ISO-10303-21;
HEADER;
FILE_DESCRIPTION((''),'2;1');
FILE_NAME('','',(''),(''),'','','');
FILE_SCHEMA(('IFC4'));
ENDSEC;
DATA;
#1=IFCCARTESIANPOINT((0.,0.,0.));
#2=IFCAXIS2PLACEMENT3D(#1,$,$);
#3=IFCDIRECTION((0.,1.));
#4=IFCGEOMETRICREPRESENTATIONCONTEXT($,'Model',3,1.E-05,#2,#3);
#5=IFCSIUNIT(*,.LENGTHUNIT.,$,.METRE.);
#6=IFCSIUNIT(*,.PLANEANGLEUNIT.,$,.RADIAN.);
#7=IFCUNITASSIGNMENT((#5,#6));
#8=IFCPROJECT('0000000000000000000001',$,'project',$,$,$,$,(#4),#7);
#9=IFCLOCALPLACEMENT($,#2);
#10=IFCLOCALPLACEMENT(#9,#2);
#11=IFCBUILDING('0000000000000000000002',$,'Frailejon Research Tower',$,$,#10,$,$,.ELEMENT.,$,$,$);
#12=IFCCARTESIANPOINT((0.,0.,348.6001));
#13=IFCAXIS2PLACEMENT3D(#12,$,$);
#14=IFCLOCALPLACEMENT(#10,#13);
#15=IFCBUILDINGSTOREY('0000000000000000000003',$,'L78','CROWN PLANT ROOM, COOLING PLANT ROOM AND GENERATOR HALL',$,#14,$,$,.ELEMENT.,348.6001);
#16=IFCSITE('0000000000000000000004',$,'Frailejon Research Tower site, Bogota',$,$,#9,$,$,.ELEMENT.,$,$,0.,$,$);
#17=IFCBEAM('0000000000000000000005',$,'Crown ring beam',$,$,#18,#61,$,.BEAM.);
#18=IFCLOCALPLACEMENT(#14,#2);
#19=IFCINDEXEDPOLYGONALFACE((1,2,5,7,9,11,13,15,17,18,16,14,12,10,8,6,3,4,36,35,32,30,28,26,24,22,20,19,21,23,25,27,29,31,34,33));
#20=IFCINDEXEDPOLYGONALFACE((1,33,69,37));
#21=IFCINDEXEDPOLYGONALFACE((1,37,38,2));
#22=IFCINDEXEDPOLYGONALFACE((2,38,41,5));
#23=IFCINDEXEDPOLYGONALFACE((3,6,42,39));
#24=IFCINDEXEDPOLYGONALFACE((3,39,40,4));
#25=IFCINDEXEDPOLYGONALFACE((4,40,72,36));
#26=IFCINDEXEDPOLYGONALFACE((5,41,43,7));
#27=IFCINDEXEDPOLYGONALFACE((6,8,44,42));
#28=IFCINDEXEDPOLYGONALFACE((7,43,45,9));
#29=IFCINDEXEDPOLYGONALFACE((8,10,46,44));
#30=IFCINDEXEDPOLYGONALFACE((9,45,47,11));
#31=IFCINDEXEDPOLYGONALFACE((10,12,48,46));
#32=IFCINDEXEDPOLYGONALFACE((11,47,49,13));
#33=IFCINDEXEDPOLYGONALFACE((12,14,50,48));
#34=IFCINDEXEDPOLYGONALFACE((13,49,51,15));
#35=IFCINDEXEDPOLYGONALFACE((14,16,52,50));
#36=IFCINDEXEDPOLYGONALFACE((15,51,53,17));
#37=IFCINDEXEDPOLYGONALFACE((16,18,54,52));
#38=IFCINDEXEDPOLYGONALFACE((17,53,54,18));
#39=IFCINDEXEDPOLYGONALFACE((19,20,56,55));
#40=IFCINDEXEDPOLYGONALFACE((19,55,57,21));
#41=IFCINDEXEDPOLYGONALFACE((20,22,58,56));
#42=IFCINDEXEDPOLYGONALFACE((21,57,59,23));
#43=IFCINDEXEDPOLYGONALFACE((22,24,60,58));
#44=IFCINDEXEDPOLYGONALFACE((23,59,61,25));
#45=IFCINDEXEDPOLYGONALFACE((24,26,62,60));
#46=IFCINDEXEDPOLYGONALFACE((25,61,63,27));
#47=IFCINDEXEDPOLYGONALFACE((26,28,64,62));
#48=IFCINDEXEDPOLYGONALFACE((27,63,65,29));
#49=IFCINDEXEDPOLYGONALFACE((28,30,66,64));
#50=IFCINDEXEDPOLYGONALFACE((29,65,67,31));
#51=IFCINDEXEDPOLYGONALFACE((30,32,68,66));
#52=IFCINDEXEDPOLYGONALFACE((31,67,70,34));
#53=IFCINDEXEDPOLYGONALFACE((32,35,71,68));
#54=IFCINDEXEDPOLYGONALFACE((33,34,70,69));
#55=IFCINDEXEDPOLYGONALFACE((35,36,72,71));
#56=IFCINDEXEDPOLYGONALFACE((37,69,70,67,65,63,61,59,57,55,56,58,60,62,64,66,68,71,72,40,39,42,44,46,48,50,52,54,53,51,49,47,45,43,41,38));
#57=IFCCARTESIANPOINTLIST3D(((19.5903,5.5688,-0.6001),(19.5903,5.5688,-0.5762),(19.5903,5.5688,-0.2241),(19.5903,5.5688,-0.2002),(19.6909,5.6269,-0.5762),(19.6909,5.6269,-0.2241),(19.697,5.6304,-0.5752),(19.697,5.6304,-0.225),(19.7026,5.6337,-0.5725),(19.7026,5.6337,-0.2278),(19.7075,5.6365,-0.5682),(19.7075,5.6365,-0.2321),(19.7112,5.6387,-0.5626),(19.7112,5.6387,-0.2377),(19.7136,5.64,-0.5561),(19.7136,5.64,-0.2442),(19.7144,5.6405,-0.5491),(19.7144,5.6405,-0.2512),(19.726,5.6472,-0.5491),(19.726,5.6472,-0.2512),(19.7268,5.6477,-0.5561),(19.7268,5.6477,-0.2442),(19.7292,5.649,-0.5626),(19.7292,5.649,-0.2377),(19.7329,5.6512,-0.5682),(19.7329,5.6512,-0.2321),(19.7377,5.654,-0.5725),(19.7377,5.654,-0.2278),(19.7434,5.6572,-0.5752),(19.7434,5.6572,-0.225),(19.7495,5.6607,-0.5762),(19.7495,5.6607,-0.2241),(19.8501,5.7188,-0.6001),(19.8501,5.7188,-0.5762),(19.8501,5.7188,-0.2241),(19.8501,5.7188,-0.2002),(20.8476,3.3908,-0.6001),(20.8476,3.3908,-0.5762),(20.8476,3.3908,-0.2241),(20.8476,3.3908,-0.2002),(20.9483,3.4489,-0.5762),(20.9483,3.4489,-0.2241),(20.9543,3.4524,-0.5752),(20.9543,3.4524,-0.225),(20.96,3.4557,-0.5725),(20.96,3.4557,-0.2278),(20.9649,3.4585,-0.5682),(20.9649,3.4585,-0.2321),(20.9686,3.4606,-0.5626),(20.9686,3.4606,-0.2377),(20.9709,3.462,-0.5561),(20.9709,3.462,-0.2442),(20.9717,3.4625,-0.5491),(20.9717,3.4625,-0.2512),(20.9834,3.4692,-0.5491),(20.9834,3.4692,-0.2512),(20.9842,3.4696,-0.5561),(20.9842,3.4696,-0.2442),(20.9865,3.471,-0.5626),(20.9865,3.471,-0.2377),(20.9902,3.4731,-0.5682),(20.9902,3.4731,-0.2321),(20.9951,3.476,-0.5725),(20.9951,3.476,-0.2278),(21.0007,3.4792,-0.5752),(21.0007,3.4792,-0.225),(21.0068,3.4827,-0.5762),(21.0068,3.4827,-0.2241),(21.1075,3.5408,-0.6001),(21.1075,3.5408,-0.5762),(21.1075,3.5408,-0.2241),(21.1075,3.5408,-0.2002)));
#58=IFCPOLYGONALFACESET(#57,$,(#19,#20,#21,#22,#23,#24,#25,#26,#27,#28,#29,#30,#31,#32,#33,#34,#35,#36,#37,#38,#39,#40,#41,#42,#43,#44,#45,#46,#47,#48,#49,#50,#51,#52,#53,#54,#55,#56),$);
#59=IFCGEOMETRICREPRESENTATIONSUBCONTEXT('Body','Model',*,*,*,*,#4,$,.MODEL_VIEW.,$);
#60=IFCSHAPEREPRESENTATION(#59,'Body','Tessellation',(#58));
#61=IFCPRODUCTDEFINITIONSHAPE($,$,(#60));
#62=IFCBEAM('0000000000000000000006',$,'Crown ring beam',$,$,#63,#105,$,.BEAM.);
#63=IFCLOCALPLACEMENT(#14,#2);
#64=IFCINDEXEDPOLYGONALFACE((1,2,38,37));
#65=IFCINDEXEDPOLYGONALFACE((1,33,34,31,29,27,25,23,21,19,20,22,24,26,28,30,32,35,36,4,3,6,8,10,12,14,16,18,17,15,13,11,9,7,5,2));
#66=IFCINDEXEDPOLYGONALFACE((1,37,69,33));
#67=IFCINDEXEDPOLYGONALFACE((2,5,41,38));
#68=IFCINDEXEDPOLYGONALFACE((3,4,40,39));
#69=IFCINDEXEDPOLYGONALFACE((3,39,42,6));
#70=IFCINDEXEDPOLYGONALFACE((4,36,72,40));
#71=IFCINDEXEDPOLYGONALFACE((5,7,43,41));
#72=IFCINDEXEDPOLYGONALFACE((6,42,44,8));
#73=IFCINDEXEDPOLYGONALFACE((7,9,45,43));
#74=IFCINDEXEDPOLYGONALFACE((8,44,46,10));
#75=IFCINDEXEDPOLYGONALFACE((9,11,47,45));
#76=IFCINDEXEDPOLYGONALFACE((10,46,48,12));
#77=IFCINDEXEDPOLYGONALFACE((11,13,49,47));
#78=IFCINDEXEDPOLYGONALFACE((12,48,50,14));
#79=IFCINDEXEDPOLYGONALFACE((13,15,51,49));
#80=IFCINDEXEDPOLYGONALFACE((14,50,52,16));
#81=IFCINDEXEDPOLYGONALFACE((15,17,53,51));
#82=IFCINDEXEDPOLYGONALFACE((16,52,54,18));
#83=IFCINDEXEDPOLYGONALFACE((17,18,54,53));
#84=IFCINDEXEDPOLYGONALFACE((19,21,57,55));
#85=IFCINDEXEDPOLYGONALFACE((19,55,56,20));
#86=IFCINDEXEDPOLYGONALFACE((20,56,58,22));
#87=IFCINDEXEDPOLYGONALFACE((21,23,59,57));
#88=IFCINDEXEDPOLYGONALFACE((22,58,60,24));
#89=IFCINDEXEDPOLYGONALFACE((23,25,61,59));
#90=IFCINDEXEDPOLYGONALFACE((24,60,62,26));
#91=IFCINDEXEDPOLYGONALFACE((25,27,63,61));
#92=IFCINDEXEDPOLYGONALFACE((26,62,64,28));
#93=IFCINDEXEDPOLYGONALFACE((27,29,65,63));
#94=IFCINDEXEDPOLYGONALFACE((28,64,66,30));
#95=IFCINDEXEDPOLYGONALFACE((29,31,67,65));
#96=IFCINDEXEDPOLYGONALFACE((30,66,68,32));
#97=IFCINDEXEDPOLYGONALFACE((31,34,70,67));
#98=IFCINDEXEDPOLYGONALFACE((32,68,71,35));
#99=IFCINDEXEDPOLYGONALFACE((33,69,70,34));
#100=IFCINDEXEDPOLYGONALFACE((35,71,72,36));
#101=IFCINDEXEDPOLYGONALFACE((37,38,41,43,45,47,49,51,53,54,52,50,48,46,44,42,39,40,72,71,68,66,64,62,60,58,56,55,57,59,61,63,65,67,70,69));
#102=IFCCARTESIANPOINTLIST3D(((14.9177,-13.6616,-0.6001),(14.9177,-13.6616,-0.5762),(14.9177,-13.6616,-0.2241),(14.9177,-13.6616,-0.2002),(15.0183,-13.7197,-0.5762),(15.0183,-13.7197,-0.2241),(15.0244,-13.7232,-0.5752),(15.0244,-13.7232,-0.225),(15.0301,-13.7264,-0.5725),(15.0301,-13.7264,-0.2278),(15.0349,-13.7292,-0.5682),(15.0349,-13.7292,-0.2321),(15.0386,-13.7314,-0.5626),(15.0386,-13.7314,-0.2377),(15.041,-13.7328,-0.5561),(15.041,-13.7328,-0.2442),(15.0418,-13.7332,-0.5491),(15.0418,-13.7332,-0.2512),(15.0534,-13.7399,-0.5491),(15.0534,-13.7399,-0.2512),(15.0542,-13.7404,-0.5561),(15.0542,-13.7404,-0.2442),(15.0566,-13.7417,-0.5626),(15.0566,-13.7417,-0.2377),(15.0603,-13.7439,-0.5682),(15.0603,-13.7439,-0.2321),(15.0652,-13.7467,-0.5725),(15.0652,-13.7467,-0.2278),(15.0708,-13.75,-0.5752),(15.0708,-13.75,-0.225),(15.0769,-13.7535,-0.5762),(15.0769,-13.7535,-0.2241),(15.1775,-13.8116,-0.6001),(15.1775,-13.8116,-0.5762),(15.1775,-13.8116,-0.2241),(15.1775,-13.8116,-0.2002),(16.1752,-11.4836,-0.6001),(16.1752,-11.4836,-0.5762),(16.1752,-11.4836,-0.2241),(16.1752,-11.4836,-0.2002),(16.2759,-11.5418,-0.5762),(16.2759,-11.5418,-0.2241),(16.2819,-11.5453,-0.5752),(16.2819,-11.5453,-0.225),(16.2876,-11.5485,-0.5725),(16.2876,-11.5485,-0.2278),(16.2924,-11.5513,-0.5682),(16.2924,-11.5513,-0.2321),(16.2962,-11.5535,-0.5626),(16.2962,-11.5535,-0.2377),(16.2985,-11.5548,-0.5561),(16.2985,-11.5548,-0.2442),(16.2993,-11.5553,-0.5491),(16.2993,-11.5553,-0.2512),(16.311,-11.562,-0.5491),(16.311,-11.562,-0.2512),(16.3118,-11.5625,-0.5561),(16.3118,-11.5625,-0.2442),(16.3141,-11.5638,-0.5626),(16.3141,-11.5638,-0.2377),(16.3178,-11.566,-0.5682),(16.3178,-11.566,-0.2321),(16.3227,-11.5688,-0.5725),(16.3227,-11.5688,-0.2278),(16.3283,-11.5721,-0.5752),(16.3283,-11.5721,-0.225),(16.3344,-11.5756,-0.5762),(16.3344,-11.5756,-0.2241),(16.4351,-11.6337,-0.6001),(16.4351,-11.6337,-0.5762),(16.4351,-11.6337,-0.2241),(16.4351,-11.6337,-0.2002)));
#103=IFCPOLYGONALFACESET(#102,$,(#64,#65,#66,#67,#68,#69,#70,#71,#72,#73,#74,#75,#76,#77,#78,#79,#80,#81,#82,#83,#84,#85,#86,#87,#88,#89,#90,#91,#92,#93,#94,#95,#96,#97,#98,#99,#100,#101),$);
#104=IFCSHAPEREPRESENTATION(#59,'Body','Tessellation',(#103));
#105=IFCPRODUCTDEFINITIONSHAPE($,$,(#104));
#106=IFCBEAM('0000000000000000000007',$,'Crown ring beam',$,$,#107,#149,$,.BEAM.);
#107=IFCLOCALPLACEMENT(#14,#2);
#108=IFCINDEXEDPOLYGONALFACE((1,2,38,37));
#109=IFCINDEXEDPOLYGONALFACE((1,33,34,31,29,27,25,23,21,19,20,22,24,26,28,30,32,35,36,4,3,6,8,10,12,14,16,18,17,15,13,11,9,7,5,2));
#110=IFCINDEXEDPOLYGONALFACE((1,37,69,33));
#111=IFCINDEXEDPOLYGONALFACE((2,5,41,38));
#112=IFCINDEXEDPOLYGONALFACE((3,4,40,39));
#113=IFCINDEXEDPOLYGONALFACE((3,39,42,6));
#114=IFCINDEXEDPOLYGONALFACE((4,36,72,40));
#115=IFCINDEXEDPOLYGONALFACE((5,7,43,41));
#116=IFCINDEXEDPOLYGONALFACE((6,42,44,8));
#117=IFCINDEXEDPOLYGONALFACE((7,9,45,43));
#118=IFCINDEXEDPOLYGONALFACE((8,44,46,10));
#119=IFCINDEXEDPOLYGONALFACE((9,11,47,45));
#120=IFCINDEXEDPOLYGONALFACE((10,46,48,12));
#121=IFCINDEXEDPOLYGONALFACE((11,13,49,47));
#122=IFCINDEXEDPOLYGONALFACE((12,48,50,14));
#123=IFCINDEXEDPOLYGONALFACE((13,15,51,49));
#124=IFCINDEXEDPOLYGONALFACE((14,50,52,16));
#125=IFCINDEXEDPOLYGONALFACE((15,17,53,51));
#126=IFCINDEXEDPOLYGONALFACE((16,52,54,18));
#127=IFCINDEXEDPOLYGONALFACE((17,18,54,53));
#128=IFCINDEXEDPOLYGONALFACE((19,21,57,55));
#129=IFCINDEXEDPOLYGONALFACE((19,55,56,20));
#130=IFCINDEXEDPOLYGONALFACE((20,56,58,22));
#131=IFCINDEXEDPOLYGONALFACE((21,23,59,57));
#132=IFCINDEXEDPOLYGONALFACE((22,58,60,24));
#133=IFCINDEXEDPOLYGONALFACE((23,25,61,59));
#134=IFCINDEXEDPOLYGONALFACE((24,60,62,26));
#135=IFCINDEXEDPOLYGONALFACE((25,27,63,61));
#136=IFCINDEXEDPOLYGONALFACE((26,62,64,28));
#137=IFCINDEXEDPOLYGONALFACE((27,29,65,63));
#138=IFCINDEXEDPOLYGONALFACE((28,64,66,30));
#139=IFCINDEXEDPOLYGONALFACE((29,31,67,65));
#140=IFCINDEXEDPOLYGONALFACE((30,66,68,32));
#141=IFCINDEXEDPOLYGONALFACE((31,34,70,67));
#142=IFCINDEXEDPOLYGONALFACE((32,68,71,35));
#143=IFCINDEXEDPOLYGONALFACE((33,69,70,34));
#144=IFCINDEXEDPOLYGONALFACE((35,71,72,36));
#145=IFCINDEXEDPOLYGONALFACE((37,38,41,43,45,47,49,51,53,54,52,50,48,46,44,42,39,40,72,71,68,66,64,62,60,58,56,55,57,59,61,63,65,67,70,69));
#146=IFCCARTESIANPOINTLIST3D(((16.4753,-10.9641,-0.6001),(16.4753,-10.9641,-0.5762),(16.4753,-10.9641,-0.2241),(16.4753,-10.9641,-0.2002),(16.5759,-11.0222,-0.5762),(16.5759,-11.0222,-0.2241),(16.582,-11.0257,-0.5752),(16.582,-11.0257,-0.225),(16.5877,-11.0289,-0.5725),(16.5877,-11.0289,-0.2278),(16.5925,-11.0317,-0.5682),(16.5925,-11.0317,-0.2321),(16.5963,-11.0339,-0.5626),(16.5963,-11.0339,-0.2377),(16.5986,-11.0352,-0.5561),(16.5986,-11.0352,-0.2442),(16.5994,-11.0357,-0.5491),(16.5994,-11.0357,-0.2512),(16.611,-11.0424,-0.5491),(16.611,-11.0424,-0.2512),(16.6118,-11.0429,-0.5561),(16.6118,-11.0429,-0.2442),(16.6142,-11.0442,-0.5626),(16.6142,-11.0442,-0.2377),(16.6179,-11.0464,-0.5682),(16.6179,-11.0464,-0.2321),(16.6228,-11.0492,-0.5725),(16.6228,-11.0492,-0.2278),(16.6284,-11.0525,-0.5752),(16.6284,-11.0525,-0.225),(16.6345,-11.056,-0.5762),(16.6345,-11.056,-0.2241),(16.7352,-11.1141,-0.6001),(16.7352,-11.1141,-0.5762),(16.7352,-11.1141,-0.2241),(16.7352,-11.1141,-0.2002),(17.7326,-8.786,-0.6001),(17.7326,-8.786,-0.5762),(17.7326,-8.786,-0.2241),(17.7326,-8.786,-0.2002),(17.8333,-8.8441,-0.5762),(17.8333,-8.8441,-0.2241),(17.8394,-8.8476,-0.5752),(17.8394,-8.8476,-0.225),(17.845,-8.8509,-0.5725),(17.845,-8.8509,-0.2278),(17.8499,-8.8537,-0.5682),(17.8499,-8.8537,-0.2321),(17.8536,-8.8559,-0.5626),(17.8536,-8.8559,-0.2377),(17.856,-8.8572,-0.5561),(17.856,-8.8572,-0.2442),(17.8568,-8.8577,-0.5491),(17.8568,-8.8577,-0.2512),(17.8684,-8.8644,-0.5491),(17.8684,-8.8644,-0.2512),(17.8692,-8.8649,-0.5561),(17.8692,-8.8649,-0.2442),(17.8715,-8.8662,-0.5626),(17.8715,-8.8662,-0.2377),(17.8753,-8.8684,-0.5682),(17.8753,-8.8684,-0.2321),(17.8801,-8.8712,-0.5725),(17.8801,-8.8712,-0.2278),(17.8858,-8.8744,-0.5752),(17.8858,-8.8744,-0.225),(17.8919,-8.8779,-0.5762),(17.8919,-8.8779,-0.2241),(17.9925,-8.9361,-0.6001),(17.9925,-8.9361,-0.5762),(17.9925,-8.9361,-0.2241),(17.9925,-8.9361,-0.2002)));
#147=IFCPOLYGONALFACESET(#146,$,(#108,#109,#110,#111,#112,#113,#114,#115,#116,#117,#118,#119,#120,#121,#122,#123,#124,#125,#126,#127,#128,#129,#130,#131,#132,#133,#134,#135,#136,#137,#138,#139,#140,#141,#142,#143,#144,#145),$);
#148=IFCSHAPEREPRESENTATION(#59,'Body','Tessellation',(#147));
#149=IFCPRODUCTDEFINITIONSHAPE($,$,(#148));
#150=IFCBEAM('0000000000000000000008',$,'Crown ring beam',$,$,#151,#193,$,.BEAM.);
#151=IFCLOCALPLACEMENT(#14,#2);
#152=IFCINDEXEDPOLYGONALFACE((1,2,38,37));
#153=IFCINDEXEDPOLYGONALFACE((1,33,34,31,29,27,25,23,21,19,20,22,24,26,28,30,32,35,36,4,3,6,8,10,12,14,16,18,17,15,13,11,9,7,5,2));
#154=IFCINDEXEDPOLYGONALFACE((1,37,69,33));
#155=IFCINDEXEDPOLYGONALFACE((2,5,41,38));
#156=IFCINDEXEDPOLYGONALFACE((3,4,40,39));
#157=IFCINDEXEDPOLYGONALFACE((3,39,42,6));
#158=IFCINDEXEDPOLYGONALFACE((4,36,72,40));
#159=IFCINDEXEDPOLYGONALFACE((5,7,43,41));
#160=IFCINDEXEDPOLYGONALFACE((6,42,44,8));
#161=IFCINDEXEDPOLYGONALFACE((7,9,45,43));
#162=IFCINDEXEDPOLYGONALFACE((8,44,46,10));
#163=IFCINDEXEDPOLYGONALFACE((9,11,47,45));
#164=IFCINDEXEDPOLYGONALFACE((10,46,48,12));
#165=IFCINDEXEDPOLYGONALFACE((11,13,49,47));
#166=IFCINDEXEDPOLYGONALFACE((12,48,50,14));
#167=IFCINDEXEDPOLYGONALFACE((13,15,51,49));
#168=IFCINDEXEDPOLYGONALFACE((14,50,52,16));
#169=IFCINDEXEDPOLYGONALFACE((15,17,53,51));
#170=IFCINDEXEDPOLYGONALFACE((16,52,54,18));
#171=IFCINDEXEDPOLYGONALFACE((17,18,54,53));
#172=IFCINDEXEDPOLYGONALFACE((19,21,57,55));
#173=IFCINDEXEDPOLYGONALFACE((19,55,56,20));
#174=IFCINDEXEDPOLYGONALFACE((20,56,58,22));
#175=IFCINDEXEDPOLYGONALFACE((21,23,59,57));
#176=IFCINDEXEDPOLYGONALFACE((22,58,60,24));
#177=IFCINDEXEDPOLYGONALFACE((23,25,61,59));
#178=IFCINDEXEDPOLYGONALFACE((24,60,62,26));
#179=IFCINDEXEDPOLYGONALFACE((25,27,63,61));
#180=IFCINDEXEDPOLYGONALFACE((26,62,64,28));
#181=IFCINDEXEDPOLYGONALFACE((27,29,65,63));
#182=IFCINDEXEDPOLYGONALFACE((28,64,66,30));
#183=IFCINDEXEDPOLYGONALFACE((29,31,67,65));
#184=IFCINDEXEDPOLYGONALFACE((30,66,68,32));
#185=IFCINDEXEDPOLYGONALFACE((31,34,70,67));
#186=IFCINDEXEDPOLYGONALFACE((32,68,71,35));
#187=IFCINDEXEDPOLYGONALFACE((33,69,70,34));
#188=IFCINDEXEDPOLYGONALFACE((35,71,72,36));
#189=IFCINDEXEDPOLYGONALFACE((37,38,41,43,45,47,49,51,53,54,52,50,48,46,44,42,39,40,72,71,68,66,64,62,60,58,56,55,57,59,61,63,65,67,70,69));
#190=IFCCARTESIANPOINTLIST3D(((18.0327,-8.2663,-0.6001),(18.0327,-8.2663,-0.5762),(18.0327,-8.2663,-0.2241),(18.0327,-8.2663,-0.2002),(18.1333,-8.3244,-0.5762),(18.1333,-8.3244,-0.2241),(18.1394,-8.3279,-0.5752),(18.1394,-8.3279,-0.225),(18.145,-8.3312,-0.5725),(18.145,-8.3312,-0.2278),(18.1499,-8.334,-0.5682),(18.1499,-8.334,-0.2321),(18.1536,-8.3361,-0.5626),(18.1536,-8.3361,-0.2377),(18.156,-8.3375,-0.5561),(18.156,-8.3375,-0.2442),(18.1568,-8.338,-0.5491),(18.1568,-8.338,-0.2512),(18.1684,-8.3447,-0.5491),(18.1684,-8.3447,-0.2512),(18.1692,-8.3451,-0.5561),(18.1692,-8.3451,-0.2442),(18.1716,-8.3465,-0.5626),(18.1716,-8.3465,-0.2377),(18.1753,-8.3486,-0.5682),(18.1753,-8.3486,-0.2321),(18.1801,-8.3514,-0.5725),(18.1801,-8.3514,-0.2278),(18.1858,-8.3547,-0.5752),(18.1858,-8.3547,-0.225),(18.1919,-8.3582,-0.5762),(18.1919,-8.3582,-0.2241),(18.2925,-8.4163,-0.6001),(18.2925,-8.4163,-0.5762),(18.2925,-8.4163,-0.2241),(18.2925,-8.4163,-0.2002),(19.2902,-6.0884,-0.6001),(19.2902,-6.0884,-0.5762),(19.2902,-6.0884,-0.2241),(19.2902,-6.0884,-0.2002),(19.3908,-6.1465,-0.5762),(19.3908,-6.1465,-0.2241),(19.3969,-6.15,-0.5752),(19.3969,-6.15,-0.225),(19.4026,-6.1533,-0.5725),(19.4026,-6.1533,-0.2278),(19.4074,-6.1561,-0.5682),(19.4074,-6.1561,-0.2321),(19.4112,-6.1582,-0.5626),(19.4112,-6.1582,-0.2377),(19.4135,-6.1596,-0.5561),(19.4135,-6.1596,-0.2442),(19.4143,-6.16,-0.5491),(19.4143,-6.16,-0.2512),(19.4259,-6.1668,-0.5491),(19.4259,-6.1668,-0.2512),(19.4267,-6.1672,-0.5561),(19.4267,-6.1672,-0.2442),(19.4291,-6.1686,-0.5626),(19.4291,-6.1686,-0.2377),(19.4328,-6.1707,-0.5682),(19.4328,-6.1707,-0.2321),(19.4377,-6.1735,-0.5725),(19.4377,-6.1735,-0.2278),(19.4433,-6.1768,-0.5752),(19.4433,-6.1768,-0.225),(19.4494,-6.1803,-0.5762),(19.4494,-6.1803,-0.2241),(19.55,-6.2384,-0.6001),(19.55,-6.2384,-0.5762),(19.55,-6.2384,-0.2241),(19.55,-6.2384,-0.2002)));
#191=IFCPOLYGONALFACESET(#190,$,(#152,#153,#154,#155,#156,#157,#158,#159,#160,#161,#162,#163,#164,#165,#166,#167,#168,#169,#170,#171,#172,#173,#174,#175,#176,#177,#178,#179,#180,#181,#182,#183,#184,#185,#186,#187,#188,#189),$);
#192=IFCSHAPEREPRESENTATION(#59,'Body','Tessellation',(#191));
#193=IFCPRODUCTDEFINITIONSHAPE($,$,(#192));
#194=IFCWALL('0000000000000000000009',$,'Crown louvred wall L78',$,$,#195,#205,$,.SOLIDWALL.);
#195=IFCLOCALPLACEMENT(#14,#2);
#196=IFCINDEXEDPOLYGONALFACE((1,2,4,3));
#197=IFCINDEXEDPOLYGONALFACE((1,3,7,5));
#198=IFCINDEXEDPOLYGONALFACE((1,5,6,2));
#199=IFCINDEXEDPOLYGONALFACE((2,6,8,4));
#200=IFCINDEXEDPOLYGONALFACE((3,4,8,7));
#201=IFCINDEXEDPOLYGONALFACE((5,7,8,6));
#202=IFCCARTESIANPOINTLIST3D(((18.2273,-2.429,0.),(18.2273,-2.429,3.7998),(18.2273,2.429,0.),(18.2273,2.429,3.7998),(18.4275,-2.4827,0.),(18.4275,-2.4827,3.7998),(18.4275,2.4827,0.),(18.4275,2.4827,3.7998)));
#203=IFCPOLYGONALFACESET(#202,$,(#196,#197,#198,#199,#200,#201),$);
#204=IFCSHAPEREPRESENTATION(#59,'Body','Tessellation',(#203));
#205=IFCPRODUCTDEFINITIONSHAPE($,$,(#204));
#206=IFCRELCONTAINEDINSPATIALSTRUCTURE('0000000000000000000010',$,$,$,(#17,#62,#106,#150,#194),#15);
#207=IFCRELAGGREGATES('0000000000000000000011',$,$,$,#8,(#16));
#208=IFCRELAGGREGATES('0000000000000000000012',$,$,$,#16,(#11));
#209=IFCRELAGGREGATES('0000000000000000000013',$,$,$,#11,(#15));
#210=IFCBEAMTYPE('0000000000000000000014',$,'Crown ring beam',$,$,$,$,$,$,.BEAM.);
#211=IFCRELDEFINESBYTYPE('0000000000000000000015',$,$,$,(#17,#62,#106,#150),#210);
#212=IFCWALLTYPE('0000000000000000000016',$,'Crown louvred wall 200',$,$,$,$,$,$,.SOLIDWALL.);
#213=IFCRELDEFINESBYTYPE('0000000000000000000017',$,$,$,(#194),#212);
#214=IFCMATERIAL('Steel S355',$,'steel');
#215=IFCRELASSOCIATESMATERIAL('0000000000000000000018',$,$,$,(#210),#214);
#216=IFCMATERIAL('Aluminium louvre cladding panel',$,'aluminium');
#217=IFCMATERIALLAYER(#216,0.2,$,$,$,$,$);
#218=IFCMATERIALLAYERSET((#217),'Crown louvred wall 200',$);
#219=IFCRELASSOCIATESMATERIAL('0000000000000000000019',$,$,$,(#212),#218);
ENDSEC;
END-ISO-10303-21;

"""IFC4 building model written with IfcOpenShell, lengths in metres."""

from ifc_helpers import new_model, si_unit, direction, frame, origin, origin_2d, place, context, subcontext, project, spatial, polyline, i_section, outline, extrude, material, layer, layer_set, material_profile, profile_set, type_object, element, save


model = new_model("IFC4")

# Units and contexts
model_context = context("Model", 3, precision=1e-05, world=origin(), true_north=direction((0.0, 1.0)))
body_context = subcontext(model_context, "Body", "Model", "MODEL_VIEW")
ifc_project = project(units=[si_unit("LENGTHUNIT", "METRE"), si_unit("PLANEANGLEUNIT", "RADIAN")], contexts=[model_context])

# Site, building, storey
site_placement = place(None, origin())
site = spatial("IfcSite", under=ifc_project, at=site_placement, Name="Frailejon Research Tower site, Bogota", CompositionType="ELEMENT", RefElevation=0.0)
building_placement = place(site_placement, origin())
building = spatial("IfcBuilding", under=site, at=building_placement, Name="Frailejon Research Tower", CompositionType="ELEMENT")
storey_placement = place(building_placement, frame((0.0, 0.0, 348.6001)))
storey = spatial("IfcBuildingStorey", under=building, at=storey_placement, Name="L78", Description="CROWN PLANT ROOM, COOLING PLANT ROOM AND GENERATOR HALL", CompositionType="ELEMENT", Elevation=348.6001)

# Beams
ifc_material_1 = material(Name="Steel S355", Category="steel")
ifc_material_profile_1 = material_profile(ifc_material_1, i_section(OverallWidth=0.3, OverallDepth=0.3999, WebThickness=0.0134, FlangeThickness=0.0239, FilletRadius=0.0271, at=origin_2d()), Name="HE 400 B")
ifc_profile_set_1 = profile_set([ifc_material_profile_1], Name="Steel S355")
beam_type_1 = type_object("IfcBeamType", Name="Crown ring beam", PredefinedType="BEAM", material=ifc_profile_set_1)
for number, where, z_axis, x_axis, name in (
    (1, (20.9775, 3.4658, -0.4001), (-0.499961, 0.866048, 0.0), (-0.866048, -0.499961, 0.0), "Crown ring beam"),
    (2, (15.0476, -13.7366, -0.4001), (0.500033, 0.866006, 0.0), (-0.866006, 0.500033, 0.0), "Crown ring beam"),
    (3, (16.6052, -11.0391, -0.4001), (0.499961, 0.866048, 0.0), (-0.866048, 0.499961, 0.0), "Crown ring beam"),
    (4, (18.1626, -8.3413, -0.4001), (0.500033, 0.866006, 0.0), (-0.866006, 0.500033, 0.0), "Crown ring beam"),
):
    element("IfcBeam", number, at=place(storey_placement, frame(where, z_axis=z_axis, x_axis=x_axis)), inside=storey, type_object=beam_type_1, Name=name, PredefinedType="BEAM", context=body_context, shape_type="SweptSolid", body=[
        extrude(i_section(OverallWidth=0.3, OverallDepth=0.3999, WebThickness=0.0134, FlangeThickness=0.0239, FilletRadius=0.0271, at=origin_2d()), origin(), (0.0, 0.0, 1.0), 2.5149),
    ])

# Wall
ifc_material_2 = material(Name="Aluminium louvre cladding panel", Category="aluminium")
ifc_layer_1 = layer(ifc_material_2, 0.2)
ifc_layer_set_1 = layer_set([ifc_layer_1], Name="Crown louvred wall 200")
wall_type = type_object("IfcWallType", Name="Crown louvred wall 200", PredefinedType="SOLIDWALL", material=ifc_layer_set_1)
wall_1_placement = place(storey_placement, frame((18.3274, -2.4558, 0.0), z_axis=(0.0, 0.0, 1.0), x_axis=(0.0, 1.0, 0.0)))
element("IfcWall", 5, at=wall_1_placement, inside=storey, type_object=wall_type, Name="Crown louvred wall L78", PredefinedType="SOLIDWALL", context=body_context, shape_type="SweptSolid", body=[
    extrude(outline(polyline([(-0.0269, -0.1001), (4.9385, -0.1001), (4.8848, 0.1001), (0.0269, 0.1001), (-0.0269, -0.1001)])), origin(), (0.0, 0.0, 1.0), 3.7998),
])

save(model, "model.ifc")
